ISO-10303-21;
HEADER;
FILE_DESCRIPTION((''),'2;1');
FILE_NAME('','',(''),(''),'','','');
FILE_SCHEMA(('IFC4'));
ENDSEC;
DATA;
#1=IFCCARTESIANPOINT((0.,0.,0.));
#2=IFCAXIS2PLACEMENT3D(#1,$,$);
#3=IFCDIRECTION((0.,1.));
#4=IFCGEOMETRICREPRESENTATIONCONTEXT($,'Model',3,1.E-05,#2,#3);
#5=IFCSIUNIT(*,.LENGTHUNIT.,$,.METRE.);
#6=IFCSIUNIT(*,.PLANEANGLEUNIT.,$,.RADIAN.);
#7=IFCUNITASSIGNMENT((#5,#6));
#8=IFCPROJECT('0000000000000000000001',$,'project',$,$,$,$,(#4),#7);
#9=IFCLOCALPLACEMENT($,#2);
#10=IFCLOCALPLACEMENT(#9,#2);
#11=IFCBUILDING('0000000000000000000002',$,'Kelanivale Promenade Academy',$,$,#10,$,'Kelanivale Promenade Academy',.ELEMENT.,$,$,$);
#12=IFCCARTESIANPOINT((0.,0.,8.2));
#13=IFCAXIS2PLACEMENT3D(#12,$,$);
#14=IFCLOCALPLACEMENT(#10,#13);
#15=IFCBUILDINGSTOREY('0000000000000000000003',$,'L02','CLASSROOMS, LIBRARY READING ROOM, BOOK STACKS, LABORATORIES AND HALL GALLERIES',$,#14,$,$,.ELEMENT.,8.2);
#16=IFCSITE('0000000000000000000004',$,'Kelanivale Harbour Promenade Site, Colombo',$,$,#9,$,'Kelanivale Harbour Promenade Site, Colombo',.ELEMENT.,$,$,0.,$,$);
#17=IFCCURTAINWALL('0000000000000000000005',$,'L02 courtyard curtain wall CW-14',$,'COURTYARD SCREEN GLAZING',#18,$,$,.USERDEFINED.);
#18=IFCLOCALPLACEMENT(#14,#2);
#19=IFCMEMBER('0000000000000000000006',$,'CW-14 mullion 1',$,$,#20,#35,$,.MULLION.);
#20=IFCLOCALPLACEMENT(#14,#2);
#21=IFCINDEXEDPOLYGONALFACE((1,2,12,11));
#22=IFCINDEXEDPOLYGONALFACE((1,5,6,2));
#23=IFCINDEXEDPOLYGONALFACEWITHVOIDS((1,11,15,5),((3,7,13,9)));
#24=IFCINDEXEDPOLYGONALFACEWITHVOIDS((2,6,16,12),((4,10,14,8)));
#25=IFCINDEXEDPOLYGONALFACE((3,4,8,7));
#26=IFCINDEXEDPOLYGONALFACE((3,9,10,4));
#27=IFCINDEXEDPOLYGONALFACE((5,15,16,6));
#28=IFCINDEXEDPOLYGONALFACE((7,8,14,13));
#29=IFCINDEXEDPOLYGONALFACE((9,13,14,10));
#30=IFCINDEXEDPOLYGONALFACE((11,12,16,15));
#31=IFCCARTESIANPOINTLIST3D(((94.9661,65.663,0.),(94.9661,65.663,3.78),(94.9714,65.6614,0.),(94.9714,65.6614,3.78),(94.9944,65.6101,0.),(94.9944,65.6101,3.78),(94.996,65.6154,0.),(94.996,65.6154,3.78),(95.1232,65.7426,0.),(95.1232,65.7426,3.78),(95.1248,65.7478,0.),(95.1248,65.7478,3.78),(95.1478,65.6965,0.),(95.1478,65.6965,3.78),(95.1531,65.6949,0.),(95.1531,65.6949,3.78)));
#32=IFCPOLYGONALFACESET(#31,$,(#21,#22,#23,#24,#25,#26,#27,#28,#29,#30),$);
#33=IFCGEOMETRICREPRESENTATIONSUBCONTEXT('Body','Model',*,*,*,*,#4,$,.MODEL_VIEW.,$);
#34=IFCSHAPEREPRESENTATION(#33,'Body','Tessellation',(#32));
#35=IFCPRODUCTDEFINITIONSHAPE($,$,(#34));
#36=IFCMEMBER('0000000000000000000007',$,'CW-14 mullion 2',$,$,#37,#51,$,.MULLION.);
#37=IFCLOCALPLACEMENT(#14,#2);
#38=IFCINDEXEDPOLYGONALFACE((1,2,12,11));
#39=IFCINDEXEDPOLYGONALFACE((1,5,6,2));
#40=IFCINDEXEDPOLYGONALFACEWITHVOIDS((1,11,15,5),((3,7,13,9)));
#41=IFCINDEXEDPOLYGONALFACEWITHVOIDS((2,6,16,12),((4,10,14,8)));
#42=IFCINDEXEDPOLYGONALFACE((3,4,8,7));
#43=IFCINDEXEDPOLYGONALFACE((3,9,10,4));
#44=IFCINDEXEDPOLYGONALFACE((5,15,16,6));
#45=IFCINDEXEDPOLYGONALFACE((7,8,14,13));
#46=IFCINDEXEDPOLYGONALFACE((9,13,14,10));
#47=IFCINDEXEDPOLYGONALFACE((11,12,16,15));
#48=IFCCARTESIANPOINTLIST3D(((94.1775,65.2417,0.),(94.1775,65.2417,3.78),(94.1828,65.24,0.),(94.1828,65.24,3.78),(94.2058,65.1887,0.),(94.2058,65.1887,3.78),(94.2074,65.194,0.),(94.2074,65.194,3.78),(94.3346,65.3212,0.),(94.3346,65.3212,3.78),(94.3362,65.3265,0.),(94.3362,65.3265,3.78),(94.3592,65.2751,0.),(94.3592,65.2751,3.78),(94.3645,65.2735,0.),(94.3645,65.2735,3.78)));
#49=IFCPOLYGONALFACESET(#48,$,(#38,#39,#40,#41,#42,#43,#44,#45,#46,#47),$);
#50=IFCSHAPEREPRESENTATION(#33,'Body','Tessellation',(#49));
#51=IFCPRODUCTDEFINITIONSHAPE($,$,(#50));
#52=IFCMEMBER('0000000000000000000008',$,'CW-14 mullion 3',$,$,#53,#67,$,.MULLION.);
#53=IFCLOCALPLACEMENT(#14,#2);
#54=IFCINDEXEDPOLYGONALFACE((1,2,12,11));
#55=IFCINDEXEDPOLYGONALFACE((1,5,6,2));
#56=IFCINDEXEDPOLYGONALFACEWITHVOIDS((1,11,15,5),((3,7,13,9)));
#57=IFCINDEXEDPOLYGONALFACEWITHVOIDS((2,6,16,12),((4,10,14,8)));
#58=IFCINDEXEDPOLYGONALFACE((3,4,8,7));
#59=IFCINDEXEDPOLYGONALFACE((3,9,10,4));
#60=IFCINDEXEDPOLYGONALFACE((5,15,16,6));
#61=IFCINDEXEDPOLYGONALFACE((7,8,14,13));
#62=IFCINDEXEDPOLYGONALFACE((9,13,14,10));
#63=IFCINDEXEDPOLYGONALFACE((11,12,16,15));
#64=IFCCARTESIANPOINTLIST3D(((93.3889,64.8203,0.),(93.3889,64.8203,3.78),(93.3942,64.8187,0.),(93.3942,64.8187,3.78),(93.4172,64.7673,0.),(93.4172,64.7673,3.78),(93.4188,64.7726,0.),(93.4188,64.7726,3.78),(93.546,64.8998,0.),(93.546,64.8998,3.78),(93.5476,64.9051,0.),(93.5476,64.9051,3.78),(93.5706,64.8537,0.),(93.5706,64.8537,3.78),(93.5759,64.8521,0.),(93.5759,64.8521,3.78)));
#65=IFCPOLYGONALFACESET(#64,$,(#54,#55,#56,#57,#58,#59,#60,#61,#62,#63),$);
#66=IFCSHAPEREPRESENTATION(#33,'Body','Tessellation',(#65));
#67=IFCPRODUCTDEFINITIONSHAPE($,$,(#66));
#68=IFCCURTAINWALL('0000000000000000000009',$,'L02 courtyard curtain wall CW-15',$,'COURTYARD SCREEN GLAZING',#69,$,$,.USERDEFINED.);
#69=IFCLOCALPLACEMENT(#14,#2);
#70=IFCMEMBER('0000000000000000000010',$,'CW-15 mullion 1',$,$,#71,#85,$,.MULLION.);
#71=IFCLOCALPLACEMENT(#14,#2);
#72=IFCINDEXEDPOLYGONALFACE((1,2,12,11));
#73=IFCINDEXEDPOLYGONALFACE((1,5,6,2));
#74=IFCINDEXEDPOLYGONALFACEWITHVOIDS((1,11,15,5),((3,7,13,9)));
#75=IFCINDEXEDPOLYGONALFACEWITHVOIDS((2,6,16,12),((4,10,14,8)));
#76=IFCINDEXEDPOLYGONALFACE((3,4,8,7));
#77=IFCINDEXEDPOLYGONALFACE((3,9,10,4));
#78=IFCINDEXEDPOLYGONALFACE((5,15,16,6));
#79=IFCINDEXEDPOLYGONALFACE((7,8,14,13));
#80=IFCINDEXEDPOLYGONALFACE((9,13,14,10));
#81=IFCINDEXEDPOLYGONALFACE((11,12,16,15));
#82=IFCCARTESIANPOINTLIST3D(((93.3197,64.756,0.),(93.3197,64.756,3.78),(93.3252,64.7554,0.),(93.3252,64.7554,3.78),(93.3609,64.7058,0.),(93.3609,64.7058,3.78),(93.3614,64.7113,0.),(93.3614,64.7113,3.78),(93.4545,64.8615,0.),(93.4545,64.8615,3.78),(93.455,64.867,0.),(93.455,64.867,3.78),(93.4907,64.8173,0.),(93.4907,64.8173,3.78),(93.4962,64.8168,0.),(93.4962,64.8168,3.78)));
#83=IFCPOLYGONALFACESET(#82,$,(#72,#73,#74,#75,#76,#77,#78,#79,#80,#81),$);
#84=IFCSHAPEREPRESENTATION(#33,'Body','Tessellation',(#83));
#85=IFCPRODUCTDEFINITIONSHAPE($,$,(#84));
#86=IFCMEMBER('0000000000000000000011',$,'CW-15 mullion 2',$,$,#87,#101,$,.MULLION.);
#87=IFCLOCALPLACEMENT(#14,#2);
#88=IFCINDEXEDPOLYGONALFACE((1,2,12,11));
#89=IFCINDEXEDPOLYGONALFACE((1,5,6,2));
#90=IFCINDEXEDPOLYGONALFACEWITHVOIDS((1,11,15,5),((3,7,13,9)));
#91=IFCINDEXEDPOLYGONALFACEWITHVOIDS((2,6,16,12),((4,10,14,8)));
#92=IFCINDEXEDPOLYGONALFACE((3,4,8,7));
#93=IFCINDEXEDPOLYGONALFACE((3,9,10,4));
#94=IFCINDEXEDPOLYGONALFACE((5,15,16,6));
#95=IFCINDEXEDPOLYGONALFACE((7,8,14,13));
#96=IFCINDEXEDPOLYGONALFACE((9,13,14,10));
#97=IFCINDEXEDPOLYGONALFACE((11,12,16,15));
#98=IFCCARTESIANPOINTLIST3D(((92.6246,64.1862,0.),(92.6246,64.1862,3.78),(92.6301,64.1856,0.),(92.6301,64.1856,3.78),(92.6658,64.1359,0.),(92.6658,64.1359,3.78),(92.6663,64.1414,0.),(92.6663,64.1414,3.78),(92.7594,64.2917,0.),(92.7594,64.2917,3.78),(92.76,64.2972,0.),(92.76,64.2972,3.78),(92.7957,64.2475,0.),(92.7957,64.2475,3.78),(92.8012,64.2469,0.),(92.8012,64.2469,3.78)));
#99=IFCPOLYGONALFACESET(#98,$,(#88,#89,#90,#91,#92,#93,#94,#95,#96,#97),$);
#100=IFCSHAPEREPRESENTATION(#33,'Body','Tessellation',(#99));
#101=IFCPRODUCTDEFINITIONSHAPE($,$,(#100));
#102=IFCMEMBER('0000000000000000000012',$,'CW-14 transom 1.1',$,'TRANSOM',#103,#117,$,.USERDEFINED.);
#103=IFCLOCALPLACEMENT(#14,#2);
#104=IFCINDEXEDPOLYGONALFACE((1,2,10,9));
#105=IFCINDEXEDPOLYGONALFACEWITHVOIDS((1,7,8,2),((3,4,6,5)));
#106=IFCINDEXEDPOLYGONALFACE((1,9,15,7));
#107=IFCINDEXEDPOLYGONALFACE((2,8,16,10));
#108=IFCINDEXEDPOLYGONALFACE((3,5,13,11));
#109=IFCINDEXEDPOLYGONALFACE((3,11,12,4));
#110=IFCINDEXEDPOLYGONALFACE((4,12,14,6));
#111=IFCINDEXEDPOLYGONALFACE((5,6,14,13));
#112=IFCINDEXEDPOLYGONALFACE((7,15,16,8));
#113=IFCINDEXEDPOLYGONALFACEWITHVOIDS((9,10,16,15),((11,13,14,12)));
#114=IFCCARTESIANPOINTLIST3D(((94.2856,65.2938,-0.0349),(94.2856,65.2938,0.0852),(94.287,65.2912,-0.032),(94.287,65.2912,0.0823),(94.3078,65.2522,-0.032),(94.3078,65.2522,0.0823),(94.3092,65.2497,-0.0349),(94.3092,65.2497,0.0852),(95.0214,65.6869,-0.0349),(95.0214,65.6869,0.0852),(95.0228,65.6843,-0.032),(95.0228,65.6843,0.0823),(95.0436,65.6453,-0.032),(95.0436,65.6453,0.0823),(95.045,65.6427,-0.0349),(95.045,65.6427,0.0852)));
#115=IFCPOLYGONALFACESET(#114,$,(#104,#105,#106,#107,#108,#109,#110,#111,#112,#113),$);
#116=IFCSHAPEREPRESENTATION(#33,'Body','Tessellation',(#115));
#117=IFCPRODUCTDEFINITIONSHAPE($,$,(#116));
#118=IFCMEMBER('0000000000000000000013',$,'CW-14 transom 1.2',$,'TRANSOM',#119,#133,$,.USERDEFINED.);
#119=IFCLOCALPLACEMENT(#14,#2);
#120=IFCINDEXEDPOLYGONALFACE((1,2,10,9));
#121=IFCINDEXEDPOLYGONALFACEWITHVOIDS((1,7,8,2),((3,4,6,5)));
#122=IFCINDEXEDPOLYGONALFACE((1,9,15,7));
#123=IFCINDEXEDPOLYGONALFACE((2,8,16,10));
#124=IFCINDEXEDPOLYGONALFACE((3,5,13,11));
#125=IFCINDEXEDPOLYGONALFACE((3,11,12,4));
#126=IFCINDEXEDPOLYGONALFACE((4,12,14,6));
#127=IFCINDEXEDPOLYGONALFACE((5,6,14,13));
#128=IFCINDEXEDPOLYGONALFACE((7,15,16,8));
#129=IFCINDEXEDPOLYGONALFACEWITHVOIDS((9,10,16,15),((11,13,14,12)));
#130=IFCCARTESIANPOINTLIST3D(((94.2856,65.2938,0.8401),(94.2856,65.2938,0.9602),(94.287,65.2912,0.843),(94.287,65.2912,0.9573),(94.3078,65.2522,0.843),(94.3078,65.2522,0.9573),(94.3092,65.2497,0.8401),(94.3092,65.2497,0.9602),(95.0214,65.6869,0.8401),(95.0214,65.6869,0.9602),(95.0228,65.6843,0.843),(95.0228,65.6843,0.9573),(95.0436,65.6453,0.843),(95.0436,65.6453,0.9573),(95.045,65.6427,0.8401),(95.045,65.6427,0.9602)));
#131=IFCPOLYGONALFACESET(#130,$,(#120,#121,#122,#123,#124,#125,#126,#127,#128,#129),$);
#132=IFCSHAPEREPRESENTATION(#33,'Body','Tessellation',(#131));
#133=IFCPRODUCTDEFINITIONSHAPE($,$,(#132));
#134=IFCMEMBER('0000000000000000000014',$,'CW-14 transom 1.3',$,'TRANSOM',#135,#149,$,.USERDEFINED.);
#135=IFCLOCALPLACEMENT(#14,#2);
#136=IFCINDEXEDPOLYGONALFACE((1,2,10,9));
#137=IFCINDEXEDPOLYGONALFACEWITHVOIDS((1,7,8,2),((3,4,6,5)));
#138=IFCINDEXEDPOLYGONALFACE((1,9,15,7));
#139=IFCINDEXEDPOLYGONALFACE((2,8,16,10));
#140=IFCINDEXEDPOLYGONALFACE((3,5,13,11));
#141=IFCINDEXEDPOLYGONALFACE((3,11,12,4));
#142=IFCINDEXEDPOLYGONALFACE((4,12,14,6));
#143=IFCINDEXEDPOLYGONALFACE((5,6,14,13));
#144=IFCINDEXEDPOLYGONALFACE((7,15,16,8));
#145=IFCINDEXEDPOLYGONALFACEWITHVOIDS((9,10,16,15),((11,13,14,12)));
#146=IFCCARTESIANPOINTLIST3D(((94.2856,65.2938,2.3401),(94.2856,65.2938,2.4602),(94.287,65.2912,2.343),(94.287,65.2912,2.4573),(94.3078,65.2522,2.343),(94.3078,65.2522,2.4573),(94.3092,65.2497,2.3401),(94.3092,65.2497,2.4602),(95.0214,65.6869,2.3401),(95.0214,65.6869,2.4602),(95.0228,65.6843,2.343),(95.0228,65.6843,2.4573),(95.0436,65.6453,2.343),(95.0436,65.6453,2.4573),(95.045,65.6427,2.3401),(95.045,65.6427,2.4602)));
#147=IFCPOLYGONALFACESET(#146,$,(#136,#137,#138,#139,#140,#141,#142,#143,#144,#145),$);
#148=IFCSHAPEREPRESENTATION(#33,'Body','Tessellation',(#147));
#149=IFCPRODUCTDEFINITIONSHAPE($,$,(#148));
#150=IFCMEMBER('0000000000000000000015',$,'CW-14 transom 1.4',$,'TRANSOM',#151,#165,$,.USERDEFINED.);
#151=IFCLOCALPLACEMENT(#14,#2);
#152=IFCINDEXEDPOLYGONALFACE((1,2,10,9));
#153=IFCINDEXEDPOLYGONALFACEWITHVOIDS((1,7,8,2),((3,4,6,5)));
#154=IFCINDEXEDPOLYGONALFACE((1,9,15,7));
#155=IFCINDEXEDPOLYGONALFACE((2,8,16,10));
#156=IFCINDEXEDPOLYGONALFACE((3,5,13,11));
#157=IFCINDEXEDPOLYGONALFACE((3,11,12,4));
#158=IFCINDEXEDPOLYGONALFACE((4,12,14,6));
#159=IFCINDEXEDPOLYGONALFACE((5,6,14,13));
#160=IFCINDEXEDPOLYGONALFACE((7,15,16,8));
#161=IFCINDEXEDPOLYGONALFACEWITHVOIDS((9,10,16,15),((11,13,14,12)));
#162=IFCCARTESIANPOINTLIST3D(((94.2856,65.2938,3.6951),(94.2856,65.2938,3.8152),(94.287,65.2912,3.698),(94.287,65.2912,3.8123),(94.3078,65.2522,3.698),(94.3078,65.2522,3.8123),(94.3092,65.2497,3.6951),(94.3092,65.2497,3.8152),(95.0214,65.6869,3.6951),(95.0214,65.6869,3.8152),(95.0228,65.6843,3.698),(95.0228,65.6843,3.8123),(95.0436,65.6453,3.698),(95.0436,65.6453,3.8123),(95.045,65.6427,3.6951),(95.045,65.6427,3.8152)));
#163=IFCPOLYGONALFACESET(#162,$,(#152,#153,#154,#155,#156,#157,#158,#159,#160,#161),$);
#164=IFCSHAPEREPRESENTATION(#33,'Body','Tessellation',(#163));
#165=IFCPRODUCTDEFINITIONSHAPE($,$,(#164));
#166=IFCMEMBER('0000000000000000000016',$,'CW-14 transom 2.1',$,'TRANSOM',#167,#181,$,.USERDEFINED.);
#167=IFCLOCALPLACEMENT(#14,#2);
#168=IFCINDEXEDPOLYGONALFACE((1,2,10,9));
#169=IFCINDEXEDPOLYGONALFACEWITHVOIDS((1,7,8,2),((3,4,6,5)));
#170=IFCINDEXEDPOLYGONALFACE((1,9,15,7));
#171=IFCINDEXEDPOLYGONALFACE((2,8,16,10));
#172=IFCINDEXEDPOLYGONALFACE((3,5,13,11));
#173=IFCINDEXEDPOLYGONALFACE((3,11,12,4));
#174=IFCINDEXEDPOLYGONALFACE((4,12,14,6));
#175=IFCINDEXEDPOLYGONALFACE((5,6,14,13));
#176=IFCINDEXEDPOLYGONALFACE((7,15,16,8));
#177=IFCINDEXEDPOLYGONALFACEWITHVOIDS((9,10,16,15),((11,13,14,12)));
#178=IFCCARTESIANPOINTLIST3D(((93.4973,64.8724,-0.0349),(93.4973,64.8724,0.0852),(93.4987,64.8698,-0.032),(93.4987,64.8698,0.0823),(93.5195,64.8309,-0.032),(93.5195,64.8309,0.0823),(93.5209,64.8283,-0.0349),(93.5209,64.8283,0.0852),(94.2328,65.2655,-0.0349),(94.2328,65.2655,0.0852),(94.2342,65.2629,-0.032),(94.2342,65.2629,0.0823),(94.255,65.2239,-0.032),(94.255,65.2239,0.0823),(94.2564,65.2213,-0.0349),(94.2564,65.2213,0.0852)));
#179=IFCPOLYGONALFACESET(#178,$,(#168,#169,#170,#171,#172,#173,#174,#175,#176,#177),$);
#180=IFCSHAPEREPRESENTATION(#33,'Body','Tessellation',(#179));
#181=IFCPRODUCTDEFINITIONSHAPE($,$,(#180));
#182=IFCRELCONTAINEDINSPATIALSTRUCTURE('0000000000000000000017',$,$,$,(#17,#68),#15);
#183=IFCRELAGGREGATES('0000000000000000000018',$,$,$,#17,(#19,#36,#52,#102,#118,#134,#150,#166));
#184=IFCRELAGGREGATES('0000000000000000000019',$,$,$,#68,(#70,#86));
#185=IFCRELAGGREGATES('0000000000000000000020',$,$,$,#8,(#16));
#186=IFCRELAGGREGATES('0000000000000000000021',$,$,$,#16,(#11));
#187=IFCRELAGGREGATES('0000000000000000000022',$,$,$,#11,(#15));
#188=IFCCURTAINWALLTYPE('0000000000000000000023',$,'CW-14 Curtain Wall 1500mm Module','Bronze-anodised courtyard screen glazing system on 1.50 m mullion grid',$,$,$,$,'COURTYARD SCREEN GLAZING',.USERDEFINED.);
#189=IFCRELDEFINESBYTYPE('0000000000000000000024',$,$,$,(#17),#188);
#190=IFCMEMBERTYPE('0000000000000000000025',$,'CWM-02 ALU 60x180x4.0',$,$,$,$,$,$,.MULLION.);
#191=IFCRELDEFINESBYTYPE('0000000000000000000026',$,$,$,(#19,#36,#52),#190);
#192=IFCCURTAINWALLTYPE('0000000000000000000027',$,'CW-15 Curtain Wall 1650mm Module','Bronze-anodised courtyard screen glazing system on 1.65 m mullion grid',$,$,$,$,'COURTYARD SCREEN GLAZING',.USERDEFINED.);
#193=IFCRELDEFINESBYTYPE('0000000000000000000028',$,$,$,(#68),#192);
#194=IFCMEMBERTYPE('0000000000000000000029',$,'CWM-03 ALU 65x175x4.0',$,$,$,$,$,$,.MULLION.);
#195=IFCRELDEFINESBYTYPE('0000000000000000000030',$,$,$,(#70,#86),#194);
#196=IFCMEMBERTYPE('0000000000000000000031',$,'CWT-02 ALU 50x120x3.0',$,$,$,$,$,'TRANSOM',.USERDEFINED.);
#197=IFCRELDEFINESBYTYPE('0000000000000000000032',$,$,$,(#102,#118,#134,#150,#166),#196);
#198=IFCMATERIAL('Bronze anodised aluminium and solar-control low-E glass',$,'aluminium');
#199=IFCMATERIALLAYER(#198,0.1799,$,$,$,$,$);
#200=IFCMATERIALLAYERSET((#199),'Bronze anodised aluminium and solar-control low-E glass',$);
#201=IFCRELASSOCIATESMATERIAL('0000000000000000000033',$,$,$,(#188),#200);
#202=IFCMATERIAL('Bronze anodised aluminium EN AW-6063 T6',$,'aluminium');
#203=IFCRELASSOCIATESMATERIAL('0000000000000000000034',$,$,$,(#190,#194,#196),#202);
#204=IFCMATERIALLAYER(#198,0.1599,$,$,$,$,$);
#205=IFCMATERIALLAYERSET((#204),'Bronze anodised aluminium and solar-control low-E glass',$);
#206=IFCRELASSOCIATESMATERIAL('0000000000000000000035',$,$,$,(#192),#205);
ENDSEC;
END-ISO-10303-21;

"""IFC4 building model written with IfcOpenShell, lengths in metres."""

from ifc_helpers import new_model, si_unit, direction, frame, origin, origin_2d, place, context, subcontext, project, spatial, hollow_rectangle, extrude, material, layer, layer_set, material_profile, profile_set, type_object, element, aggregate, save


model = new_model("IFC4")

# Units and contexts
model_context = context("Model", 3, precision=1e-05, world=origin(), true_north=direction((0.0, 1.0)))
body_context = subcontext(model_context, "Body", "Model", "MODEL_VIEW")
ifc_project = project(units=[si_unit("LENGTHUNIT", "METRE"), si_unit("PLANEANGLEUNIT", "RADIAN")], contexts=[model_context])

# Site, building, storey
site_placement = place(None, origin())
site = spatial("IfcSite", under=ifc_project, at=site_placement, Name="Kelanivale Harbour Promenade Site, Colombo", LongName="Kelanivale Harbour Promenade Site, Colombo", CompositionType="ELEMENT", RefElevation=0.0)
building_placement = place(site_placement, origin())
building = spatial("IfcBuilding", under=site, at=building_placement, Name="Kelanivale Promenade Academy", LongName="Kelanivale Promenade Academy", CompositionType="ELEMENT")
storey_placement = place(building_placement, frame((0.0, 0.0, 8.2)))
storey = spatial("IfcBuildingStorey", under=building, at=storey_placement, Name="L02", Description="CLASSROOMS, LIBRARY READING ROOM, BOOK STACKS, LABORATORIES AND HALL GALLERIES", CompositionType="ELEMENT", Elevation=8.2)

# Curtain walls, members
ifc_material_1 = material(Name="Bronze anodised aluminium and solar-control low-E glass", Category="aluminium")
ifc_layer_1 = layer(ifc_material_1, 0.1799)
ifc_layer_set_1 = layer_set([ifc_layer_1], Name="Bronze anodised aluminium and solar-control low-E glass")
curtain_wall_type_1 = type_object("IfcCurtainWallType", Name="CW-14 Curtain Wall 1500mm Module", Description="Bronze-anodised courtyard screen glazing system on 1.50 m mullion grid", ElementType="COURTYARD SCREEN GLAZING", PredefinedType="USERDEFINED", material=ifc_layer_set_1)
curtain_wall_1_placement = place(storey_placement, origin())
curtain_wall_1 = element("IfcCurtainWall", 1, at=curtain_wall_1_placement, inside=storey, type_object=curtain_wall_type_1, Name="L02 courtyard curtain wall CW-14", ObjectType="COURTYARD SCREEN GLAZING", PredefinedType="USERDEFINED")
ifc_material_2 = material(Name="Bronze anodised aluminium EN AW-6063 T6", Category="aluminium")
ifc_material_profile_1 = material_profile(ifc_material_2, hollow_rectangle(XDim=0.0601, YDim=0.1799, WallThickness=0.0039, at=origin_2d()), Name="ALU 60x180x4.0")
ifc_profile_set_1 = profile_set([ifc_material_profile_1], Name="Bronze anodised aluminium EN AW-6063 T6")
member_type_1 = type_object("IfcMemberType", Name="CWM-02 ALU 60x180x4.0", PredefinedType="MULLION", material=ifc_profile_set_1)
member_1_placement = place(storey_placement, frame((95.0596, 65.679, 0.0), z_axis=(0.0, 0.0, 1.0), x_axis=(0.47129, -0.881978, 0.0)))
member_1 = element("IfcMember", 2, at=member_1_placement, type_object=member_type_1, Name="CW-14 mullion 1", PredefinedType="MULLION", context=body_context, shape_type="SweptSolid", body=[
    extrude(hollow_rectangle(XDim=0.0601, YDim=0.1799, WallThickness=0.0039, at=origin_2d()), origin(), (0.0, 0.0, 1.0), 3.78),
])
member_2_placement = place(storey_placement, frame((94.271, 65.2576, 0.0), z_axis=(0.0, 0.0, 1.0), x_axis=(0.47129, -0.881978, 0.0)))
member_2 = element("IfcMember", 3, at=member_2_placement, type_object=member_type_1, Name="CW-14 mullion 2", PredefinedType="MULLION", context=body_context, shape_type="SweptSolid", body=[
    extrude(hollow_rectangle(XDim=0.0601, YDim=0.1799, WallThickness=0.0039, at=origin_2d()), origin(), (0.0, 0.0, 1.0), 3.78),
])
member_3_placement = place(storey_placement, frame((93.4824, 64.8362, 0.0), z_axis=(0.0, 0.0, 1.0), x_axis=(0.47129, -0.881978, 0.0)))
member_3 = element("IfcMember", 4, at=member_3_placement, type_object=member_type_1, Name="CW-14 mullion 3", PredefinedType="MULLION", context=body_context, shape_type="SweptSolid", body=[
    extrude(hollow_rectangle(XDim=0.0601, YDim=0.1799, WallThickness=0.0039, at=origin_2d()), origin(), (0.0, 0.0, 1.0), 3.78),
])
ifc_layer_2 = layer(ifc_material_1, 0.1599)
ifc_layer_set_2 = layer_set([ifc_layer_2], Name="Bronze anodised aluminium and solar-control low-E glass")
curtain_wall_type_2 = type_object("IfcCurtainWallType", Name="CW-15 Curtain Wall 1650mm Module", Description="Bronze-anodised courtyard screen glazing system on 1.65 m mullion grid", ElementType="COURTYARD SCREEN GLAZING", PredefinedType="USERDEFINED", material=ifc_layer_set_2)
curtain_wall_2_placement = place(storey_placement, origin())
curtain_wall_2 = element("IfcCurtainWall", 5, at=curtain_wall_2_placement, inside=storey, type_object=curtain_wall_type_2, Name="L02 courtyard curtain wall CW-15", ObjectType="COURTYARD SCREEN GLAZING", PredefinedType="USERDEFINED")
ifc_material_profile_2 = material_profile(ifc_material_2, hollow_rectangle(XDim=0.0649, YDim=0.175, WallThickness=0.0039, at=origin_2d()), Name="ALU 65x175x4.0")
ifc_profile_set_2 = profile_set([ifc_material_profile_2], Name="Bronze anodised aluminium EN AW-6063 T6")
member_type_2 = type_object("IfcMemberType", Name="CWM-03 ALU 65x175x4.0", PredefinedType="MULLION", material=ifc_profile_set_2)
member_4_placement = place(storey_placement, frame((93.408, 64.7864, 0.0), z_axis=(0.0, 0.0, 1.0), x_axis=(0.634144, -0.773215, 0.0)))
member_4 = element("IfcMember", 6, at=member_4_placement, type_object=member_type_2, Name="CW-15 mullion 1", PredefinedType="MULLION", context=body_context, shape_type="SweptSolid", body=[
    extrude(hollow_rectangle(XDim=0.0649, YDim=0.175, WallThickness=0.0039, at=origin_2d()), origin(), (0.0, 0.0, 1.0), 3.78),
])
member_5_placement = place(storey_placement, frame((92.7129, 64.2166, 0.0), z_axis=(0.0, 0.0, 1.0), x_axis=(0.634144, -0.773215, 0.0)))
member_5 = element("IfcMember", 7, at=member_5_placement, type_object=member_type_2, Name="CW-15 mullion 2", PredefinedType="MULLION", context=body_context, shape_type="SweptSolid", body=[
    extrude(hollow_rectangle(XDim=0.0649, YDim=0.175, WallThickness=0.0039, at=origin_2d()), origin(), (0.0, 0.0, 1.0), 3.78),
])

# Members
ifc_material_profile_3 = material_profile(ifc_material_2, hollow_rectangle(XDim=0.05, YDim=0.1201, WallThickness=0.0029, at=origin_2d()), Name="ALU 50x120x3.0")
ifc_profile_set_3 = profile_set([ifc_material_profile_3], Name="Bronze anodised aluminium EN AW-6063 T6")
member_type_3 = type_object("IfcMemberType", Name="CWT-02 ALU 50x120x3.0", ElementType="TRANSOM", PredefinedType="USERDEFINED", material=ifc_profile_set_3)
member_6_placement = place(storey_placement, frame((95.0332, 65.6648, 0.0251), z_axis=(-0.882045, -0.471165, 0.0), x_axis=(0.471165, -0.882045, 0.0)))
member_6 = element("IfcMember", 8, at=member_6_placement, type_object=member_type_3, Name="CW-14 transom 1.1", ObjectType="TRANSOM", PredefinedType="USERDEFINED", context=body_context, shape_type="SweptSolid", body=[
    extrude(hollow_rectangle(XDim=0.05, YDim=0.1201, WallThickness=0.0029, at=origin_2d()), origin(), (0.0, 0.0, 1.0), 0.8342),
])
member_7_placement = place(storey_placement, frame((95.0332, 65.6648, 0.9001), z_axis=(-0.882045, -0.471165, 0.0), x_axis=(0.471165, -0.882045, 0.0)))
member_7 = element("IfcMember", 9, at=member_7_placement, type_object=member_type_3, Name="CW-14 transom 1.2", ObjectType="TRANSOM", PredefinedType="USERDEFINED", context=body_context, shape_type="SweptSolid", body=[
    extrude(hollow_rectangle(XDim=0.05, YDim=0.1201, WallThickness=0.0029, at=origin_2d()), origin(), (0.0, 0.0, 1.0), 0.8342),
])
member_8_placement = place(storey_placement, frame((95.0332, 65.6648, 2.4001), z_axis=(-0.882045, -0.471165, 0.0), x_axis=(0.471165, -0.882045, 0.0)))
member_8 = element("IfcMember", 10, at=member_8_placement, type_object=member_type_3, Name="CW-14 transom 1.3", ObjectType="TRANSOM", PredefinedType="USERDEFINED", context=body_context, shape_type="SweptSolid", body=[
    extrude(hollow_rectangle(XDim=0.05, YDim=0.1201, WallThickness=0.0029, at=origin_2d()), origin(), (0.0, 0.0, 1.0), 0.8342),
])
member_9_placement = place(storey_placement, frame((95.0332, 65.6648, 3.7551), z_axis=(-0.882045, -0.471165, 0.0), x_axis=(0.471165, -0.882045, 0.0)))
member_9 = element("IfcMember", 11, at=member_9_placement, type_object=member_type_3, Name="CW-14 transom 1.4", ObjectType="TRANSOM", PredefinedType="USERDEFINED", context=body_context, shape_type="SweptSolid", body=[
    extrude(hollow_rectangle(XDim=0.05, YDim=0.1201, WallThickness=0.0029, at=origin_2d()), origin(), (0.0, 0.0, 1.0), 0.8342),
])
member_10_placement = place(storey_placement, frame((94.2446, 65.2434, 0.0251), z_axis=(-0.88198, -0.471287, 0.0), x_axis=(0.471287, -0.88198, 0.0)))
member_10 = element("IfcMember", 12, at=member_10_placement, type_object=member_type_3, Name="CW-14 transom 2.1", ObjectType="TRANSOM", PredefinedType="USERDEFINED", context=body_context, shape_type="SweptSolid", body=[
    extrude(hollow_rectangle(XDim=0.05, YDim=0.1201, WallThickness=0.0029, at=origin_2d()), origin(), (0.0, 0.0, 1.0), 0.834),
])

aggregate(curtain_wall_1, [member_1, member_2, member_3, member_6, member_7, member_8, member_9, member_10])
aggregate(curtain_wall_2, [member_4, member_5])

save(model, "model.ifc")
